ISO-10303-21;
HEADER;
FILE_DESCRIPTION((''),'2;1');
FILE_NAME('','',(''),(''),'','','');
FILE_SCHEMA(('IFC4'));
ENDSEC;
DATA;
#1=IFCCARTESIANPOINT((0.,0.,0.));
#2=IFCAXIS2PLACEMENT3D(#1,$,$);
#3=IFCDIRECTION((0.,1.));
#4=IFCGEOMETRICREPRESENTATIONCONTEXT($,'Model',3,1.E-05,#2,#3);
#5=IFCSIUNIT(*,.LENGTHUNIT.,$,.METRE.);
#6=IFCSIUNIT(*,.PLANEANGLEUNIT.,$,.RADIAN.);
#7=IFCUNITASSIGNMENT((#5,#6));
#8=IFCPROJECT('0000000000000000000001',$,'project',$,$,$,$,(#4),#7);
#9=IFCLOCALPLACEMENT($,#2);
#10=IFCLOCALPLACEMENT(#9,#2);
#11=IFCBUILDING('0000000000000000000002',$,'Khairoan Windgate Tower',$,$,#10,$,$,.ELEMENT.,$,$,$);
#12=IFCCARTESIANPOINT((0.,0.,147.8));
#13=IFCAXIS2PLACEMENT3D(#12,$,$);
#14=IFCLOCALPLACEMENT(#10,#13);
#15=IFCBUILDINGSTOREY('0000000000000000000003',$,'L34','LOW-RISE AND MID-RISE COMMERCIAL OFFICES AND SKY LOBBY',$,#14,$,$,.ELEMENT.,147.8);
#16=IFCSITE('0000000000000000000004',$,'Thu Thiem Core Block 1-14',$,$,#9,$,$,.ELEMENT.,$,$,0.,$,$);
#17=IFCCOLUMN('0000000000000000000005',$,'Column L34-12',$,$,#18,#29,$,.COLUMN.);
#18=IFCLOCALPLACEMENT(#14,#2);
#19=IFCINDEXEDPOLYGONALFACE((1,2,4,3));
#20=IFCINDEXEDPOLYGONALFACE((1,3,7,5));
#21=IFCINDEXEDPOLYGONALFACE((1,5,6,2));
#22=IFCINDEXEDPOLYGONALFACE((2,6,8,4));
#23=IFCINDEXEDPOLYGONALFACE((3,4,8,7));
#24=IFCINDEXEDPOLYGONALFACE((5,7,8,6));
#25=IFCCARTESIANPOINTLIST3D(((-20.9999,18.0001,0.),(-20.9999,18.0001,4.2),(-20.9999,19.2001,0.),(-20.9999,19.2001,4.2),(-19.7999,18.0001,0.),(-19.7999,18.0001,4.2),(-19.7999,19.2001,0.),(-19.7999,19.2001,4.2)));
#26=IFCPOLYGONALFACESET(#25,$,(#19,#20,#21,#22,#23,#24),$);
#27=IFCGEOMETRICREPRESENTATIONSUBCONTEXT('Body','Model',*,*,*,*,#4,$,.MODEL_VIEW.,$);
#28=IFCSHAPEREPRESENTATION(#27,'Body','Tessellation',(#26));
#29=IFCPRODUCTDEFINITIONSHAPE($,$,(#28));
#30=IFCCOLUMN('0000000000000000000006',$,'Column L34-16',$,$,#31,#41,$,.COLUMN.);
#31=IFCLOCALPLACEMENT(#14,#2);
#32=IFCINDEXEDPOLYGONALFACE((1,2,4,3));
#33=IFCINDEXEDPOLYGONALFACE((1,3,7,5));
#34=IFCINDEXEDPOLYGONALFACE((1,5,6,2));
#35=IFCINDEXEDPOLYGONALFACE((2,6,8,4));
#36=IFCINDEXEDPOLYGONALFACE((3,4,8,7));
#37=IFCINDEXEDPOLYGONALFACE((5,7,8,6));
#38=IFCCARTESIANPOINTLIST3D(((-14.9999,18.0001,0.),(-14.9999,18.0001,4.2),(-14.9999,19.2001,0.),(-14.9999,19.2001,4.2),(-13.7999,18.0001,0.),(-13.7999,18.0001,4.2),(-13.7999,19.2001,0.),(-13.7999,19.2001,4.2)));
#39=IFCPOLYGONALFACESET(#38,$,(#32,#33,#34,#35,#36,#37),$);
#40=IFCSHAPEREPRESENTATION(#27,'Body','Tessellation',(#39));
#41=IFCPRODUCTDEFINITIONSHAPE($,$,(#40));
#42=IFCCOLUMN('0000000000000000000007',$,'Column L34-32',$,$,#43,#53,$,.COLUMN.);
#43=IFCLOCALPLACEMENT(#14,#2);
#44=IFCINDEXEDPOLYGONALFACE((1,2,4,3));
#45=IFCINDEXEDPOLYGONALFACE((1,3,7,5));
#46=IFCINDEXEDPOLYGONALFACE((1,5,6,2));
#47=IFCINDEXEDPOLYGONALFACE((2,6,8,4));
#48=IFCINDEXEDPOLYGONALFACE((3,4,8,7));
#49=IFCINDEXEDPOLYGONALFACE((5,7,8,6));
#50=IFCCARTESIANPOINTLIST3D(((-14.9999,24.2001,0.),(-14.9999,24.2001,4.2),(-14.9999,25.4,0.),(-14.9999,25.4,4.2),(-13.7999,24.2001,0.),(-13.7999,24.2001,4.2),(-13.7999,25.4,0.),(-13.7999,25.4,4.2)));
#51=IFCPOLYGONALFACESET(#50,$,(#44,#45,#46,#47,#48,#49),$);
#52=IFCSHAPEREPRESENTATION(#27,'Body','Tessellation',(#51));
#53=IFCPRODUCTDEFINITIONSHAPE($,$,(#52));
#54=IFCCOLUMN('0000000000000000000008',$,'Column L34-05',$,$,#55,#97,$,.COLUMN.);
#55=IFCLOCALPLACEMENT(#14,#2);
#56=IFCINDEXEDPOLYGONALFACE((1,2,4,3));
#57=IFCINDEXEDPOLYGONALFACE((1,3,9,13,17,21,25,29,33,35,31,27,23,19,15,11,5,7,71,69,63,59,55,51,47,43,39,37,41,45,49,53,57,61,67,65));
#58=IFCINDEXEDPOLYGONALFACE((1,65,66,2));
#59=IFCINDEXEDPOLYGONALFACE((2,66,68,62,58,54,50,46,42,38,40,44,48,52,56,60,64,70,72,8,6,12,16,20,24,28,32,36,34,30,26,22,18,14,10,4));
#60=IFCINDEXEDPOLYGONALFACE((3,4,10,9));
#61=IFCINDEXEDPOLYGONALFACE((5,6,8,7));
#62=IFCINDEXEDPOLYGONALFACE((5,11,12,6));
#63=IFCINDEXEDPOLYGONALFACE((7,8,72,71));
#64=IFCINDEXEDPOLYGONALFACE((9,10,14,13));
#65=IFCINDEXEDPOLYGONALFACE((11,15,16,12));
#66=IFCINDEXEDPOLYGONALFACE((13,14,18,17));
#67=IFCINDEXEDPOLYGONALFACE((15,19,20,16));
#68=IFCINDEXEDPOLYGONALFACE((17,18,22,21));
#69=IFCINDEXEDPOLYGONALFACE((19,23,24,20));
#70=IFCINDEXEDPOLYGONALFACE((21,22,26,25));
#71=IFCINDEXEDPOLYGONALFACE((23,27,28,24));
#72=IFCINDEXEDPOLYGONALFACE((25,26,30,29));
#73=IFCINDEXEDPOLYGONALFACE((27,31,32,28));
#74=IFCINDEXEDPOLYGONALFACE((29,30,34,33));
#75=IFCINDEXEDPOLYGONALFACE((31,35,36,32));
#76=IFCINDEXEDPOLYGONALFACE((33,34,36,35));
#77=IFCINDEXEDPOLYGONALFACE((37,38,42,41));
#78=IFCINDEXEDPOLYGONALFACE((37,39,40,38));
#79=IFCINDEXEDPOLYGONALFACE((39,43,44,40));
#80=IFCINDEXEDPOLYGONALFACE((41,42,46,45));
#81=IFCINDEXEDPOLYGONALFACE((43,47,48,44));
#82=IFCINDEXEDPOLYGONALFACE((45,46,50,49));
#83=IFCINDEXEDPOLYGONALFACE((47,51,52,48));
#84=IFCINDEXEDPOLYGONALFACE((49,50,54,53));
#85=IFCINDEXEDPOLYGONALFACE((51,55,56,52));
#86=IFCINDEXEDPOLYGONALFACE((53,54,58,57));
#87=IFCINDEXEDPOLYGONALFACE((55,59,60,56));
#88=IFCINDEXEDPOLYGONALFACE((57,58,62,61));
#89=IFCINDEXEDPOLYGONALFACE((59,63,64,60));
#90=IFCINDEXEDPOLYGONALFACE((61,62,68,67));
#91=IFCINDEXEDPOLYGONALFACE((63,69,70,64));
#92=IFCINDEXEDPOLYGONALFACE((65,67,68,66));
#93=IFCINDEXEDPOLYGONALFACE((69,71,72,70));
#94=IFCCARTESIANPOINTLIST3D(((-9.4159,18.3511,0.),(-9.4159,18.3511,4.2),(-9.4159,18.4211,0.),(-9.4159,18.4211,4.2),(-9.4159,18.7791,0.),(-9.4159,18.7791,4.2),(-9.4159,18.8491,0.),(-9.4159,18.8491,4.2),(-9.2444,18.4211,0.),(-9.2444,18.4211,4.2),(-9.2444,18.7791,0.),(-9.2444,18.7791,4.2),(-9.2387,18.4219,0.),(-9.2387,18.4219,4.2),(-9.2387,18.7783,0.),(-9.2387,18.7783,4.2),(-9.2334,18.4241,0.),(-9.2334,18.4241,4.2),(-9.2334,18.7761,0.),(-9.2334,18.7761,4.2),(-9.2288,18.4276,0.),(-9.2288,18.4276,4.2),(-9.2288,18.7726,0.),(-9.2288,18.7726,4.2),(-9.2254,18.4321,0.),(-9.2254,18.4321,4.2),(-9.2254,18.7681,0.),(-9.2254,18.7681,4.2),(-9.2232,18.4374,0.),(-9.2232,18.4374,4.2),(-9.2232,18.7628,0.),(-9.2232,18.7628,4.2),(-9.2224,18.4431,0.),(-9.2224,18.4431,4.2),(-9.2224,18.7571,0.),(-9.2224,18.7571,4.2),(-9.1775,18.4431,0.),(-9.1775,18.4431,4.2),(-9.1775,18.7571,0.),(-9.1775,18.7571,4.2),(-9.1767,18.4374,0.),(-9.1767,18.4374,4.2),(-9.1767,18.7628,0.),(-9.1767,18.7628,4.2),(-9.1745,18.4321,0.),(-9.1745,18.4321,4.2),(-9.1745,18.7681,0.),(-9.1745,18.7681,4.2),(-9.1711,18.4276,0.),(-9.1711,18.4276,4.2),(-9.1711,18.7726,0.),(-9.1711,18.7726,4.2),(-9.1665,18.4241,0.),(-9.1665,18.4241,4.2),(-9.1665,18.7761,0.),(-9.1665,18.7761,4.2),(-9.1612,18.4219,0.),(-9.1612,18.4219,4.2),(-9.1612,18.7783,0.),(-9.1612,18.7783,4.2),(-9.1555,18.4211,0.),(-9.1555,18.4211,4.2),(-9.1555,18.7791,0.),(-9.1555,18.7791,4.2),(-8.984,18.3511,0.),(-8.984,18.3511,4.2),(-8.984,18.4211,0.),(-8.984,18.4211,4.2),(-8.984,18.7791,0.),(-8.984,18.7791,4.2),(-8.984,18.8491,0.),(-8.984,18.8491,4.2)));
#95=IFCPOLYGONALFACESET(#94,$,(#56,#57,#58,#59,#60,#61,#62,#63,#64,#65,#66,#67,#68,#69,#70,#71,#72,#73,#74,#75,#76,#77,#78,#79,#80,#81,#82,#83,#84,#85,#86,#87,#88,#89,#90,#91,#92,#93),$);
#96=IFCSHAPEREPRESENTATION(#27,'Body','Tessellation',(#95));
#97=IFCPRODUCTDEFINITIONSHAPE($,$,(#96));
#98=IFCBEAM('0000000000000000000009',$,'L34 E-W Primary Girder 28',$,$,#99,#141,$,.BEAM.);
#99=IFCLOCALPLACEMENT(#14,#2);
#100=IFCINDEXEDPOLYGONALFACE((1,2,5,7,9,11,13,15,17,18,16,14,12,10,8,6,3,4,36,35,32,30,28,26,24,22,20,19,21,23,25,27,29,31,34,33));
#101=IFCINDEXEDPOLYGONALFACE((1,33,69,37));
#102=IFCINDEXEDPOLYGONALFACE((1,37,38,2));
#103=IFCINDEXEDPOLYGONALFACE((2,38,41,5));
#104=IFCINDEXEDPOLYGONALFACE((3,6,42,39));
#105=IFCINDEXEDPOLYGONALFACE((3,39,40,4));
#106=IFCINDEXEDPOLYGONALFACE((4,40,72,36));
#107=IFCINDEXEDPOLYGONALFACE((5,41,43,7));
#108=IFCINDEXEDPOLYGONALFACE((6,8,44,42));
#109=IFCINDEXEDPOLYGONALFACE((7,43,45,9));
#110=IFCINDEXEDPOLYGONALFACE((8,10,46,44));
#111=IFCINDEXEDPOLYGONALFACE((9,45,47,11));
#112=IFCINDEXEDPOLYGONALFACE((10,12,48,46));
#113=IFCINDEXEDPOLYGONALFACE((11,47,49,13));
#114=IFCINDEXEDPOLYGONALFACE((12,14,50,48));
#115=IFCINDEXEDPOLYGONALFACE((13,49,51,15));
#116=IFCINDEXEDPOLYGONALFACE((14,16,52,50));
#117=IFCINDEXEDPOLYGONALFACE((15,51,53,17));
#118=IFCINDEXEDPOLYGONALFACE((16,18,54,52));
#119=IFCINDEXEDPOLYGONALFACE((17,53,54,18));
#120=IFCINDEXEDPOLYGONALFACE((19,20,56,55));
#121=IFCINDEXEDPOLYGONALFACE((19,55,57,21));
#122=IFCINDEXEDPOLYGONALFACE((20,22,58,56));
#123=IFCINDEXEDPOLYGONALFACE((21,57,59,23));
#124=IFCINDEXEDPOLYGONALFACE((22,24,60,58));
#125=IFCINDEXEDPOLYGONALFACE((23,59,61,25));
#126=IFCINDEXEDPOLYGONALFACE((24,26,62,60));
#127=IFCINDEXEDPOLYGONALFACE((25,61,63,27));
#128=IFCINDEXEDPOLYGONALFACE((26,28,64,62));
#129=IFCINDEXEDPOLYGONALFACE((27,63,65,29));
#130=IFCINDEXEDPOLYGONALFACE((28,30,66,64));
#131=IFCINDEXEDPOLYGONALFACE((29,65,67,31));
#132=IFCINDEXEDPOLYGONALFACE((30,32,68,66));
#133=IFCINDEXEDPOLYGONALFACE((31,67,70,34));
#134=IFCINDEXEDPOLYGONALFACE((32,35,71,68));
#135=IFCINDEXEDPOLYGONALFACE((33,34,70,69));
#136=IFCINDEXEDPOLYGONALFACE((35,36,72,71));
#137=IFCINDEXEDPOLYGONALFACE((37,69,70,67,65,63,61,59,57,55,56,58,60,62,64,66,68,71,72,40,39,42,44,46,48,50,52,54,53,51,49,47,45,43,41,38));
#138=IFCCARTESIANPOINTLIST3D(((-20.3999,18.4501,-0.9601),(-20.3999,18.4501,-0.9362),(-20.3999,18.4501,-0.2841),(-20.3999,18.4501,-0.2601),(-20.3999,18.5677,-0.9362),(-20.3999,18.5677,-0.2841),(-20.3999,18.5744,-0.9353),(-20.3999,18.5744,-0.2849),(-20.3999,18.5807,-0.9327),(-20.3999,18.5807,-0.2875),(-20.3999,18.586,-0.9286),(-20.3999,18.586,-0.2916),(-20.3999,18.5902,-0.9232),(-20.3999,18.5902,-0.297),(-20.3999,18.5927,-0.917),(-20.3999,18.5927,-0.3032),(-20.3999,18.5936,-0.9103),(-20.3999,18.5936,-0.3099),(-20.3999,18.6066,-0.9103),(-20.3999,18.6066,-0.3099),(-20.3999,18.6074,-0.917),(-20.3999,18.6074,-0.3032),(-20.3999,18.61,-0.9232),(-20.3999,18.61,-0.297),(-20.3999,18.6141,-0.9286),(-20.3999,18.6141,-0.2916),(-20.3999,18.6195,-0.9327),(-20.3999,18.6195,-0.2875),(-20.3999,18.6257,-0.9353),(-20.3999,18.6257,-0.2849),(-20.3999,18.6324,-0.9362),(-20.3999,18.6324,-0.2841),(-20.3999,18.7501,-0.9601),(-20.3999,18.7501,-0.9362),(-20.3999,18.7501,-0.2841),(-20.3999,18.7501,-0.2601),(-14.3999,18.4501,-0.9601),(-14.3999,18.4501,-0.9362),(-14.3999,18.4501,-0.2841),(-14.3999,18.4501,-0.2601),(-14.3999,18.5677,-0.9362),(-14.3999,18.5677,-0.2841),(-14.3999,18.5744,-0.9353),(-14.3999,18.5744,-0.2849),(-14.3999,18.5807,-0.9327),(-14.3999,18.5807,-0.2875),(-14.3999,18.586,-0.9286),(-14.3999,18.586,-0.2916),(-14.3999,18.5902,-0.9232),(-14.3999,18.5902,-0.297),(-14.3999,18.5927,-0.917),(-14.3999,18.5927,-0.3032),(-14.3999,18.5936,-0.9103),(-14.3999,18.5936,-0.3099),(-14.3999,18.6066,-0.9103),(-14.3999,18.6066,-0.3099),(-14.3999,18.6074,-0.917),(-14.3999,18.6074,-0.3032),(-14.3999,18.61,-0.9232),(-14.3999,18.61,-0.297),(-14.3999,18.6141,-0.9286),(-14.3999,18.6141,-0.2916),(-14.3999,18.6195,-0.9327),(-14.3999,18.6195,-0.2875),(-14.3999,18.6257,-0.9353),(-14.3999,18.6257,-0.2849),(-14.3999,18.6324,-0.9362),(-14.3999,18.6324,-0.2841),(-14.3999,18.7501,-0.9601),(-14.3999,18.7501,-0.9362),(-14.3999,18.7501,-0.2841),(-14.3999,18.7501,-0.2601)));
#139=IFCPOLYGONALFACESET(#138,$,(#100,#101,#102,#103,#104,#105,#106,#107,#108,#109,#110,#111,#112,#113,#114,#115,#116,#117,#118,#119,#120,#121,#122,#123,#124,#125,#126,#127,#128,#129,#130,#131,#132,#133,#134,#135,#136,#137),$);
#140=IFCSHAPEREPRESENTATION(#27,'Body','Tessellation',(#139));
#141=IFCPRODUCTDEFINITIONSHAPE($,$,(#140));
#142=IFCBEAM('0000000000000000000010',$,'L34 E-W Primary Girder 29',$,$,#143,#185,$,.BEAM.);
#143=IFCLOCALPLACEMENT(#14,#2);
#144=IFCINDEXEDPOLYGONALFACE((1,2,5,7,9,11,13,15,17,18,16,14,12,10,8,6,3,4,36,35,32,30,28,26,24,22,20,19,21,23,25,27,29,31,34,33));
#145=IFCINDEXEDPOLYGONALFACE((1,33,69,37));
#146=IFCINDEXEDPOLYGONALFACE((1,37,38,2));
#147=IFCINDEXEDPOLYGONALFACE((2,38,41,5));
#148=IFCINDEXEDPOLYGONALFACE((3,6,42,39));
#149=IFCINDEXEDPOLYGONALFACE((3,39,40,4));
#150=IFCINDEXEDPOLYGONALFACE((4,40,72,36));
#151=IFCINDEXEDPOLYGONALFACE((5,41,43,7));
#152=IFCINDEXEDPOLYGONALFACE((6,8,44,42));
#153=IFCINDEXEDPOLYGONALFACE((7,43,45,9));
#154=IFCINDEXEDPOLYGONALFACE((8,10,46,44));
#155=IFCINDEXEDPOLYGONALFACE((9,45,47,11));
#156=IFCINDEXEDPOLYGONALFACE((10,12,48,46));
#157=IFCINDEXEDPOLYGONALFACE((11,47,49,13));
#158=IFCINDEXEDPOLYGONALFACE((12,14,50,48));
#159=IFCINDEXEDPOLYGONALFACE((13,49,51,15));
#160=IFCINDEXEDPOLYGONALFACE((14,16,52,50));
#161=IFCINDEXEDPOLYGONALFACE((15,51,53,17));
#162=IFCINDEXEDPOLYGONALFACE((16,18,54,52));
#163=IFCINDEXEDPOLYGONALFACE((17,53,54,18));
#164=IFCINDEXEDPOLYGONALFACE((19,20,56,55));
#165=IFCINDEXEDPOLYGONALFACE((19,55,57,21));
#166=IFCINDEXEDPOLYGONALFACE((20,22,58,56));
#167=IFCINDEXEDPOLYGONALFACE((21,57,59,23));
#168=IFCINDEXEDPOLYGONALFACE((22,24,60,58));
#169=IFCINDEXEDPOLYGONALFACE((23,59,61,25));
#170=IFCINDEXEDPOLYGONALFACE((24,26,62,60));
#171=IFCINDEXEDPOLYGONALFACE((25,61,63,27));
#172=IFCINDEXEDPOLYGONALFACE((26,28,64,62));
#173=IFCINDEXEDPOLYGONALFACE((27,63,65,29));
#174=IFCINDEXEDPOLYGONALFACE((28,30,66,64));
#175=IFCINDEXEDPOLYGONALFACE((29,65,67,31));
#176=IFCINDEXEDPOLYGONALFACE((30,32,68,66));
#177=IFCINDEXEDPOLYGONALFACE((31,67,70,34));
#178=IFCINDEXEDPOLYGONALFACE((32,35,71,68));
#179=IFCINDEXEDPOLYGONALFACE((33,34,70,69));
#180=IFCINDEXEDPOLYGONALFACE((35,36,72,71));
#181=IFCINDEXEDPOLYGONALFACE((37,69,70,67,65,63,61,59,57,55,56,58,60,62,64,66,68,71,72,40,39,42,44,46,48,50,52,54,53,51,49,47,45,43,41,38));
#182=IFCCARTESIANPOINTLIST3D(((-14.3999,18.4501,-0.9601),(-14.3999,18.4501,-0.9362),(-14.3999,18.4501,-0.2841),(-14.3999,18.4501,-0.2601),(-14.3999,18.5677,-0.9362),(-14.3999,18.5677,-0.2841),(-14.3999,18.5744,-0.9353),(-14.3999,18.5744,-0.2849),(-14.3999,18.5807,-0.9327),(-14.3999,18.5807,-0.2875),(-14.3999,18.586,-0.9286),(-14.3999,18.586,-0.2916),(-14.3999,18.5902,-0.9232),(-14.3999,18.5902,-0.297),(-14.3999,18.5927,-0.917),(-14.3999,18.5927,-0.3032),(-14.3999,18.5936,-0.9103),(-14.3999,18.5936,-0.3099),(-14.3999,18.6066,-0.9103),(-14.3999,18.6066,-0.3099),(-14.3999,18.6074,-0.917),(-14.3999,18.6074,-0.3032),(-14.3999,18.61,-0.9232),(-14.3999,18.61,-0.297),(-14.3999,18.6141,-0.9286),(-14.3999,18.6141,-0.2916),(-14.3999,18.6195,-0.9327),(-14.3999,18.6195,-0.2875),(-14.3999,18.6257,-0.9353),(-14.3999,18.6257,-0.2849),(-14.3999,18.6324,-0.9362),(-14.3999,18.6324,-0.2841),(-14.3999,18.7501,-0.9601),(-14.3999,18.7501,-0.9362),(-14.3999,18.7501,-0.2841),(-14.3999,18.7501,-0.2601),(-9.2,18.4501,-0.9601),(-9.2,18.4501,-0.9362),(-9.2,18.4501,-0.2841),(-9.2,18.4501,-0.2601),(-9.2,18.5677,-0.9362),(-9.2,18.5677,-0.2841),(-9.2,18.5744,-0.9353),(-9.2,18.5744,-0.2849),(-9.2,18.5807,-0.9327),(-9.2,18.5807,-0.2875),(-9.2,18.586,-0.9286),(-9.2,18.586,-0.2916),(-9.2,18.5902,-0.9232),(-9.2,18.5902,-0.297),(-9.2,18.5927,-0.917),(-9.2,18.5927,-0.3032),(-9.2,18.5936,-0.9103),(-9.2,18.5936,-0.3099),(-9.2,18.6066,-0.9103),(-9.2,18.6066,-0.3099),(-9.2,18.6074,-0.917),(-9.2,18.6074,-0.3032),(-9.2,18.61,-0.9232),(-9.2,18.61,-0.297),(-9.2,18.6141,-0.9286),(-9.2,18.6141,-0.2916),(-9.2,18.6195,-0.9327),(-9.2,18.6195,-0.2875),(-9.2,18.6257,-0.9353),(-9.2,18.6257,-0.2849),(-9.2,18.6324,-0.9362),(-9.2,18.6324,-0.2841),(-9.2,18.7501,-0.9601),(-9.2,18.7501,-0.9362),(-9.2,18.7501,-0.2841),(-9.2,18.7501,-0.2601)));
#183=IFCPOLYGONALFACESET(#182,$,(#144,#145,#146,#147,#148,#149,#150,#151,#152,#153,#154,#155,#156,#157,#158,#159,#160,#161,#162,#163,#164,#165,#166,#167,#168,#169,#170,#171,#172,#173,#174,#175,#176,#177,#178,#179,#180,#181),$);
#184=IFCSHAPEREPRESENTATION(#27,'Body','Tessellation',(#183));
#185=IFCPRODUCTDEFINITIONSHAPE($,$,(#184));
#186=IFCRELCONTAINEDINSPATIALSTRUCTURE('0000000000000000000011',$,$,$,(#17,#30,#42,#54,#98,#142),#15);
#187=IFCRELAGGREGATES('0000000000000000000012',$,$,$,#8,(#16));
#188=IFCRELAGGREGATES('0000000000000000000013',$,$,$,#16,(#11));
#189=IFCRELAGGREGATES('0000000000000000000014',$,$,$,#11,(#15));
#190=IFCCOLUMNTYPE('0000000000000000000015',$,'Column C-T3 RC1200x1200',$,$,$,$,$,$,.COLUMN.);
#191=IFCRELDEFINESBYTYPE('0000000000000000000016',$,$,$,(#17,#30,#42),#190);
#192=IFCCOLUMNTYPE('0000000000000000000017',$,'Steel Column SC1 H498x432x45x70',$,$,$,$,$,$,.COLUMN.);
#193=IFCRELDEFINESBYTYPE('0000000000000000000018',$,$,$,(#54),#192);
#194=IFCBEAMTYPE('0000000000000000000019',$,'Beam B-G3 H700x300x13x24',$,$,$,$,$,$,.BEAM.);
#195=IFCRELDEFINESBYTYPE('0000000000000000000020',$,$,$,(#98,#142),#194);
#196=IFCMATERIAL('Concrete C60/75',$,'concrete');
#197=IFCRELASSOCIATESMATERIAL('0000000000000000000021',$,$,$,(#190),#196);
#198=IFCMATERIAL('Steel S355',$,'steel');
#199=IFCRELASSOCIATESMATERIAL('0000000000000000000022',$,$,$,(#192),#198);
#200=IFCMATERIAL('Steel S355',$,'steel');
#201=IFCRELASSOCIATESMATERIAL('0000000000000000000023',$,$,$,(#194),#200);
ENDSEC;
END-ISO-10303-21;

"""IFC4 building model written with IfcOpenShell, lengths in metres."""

from ifc_helpers import new_model, si_unit, direction, frame, origin, origin_2d, place, context, subcontext, project, spatial, rectangle, i_section, extrude, material, material_profile, profile_set, type_object, element, save


model = new_model("IFC4")

# Units and contexts
model_context = context("Model", 3, precision=1e-05, world=origin(), true_north=direction((0.0, 1.0)))
body_context = subcontext(model_context, "Body", "Model", "MODEL_VIEW")
ifc_project = project(units=[si_unit("LENGTHUNIT", "METRE"), si_unit("PLANEANGLEUNIT", "RADIAN")], contexts=[model_context])

# Site, building, storey
site_placement = place(None, origin())
site = spatial("IfcSite", under=ifc_project, at=site_placement, Name="Thu Thiem Core Block 1-14", CompositionType="ELEMENT", RefElevation=0.0)
building_placement = place(site_placement, origin())
building = spatial("IfcBuilding", under=site, at=building_placement, Name="Khairoan Windgate Tower", CompositionType="ELEMENT")
storey_placement = place(building_placement, frame((0.0, 0.0, 147.8)))
storey = spatial("IfcBuildingStorey", under=building, at=storey_placement, Name="L34", Description="LOW-RISE AND MID-RISE COMMERCIAL OFFICES AND SKY LOBBY", CompositionType="ELEMENT", Elevation=147.8)

# Columns
ifc_material_1 = material(Name="Concrete C60/75", Category="concrete")
ifc_material_profile_1 = material_profile(ifc_material_1, rectangle(XDim=1.2, YDim=1.2, at=origin_2d()))
ifc_profile_set_1 = profile_set([ifc_material_profile_1], Name="Concrete C60/75")
column_type_1 = type_object("IfcColumnType", Name="Column C-T3 RC1200x1200", PredefinedType="COLUMN", material=ifc_profile_set_1)
for number, where, z_axis, x_axis, name in (
    (1, (-20.3999, 18.6001, 0.0), (0.0, 0.0, 1.0), (1.0, 0.0, 0.0), "Column L34-12"),
    (2, (-14.3999, 18.6001, 0.0), (0.0, 0.0, 1.0), (1.0, 0.0, 0.0), "Column L34-16"),
    (3, (-14.3999, 24.8, 0.0), (0.0, 0.0, 1.0), (1.0, 0.0, 0.0), "Column L34-32"),
):
    element("IfcColumn", number, at=place(storey_placement, frame(where, z_axis=z_axis, x_axis=x_axis)), inside=storey, type_object=column_type_1, Name=name, PredefinedType="COLUMN", context=body_context, shape_type="SweptSolid", body=[
        extrude(rectangle(XDim=1.2, YDim=1.2, at=origin_2d()), origin(), (0.0, 0.0, 1.0), 4.2),
    ])
ifc_material_2 = material(Name="Steel S355", Category="steel")
ifc_material_profile_2 = material_profile(ifc_material_2, i_section(OverallWidth=0.4319, OverallDepth=0.498, WebThickness=0.0449, FlangeThickness=0.0701, FilletRadius=0.022, at=origin_2d()))
ifc_profile_set_2 = profile_set([ifc_material_profile_2], Name="Steel S355")
column_type_2 = type_object("IfcColumnType", Name="Steel Column SC1 H498x432x45x70", PredefinedType="COLUMN", material=ifc_profile_set_2)
column_placement = place(storey_placement, frame((-9.2, 18.6001, 0.0), z_axis=(0.0, 0.0, 1.0), x_axis=(1.0, 0.0, 0.0)))
element("IfcColumn", 4, at=column_placement, inside=storey, type_object=column_type_2, Name="Column L34-05", PredefinedType="COLUMN", context=body_context, shape_type="SweptSolid", body=[
    extrude(i_section(OverallWidth=0.4319, OverallDepth=0.498, WebThickness=0.0449, FlangeThickness=0.0701, FilletRadius=0.022, at=origin_2d()), origin(), (0.0, 0.0, 1.0), 4.2),
])

# Beams
ifc_material_3 = material(Name="Steel S355", Category="steel")
ifc_material_profile_3 = material_profile(ifc_material_3, i_section(OverallWidth=0.3, OverallDepth=0.7, WebThickness=0.0129, FlangeThickness=0.0239, FilletRadius=0.0259, at=origin_2d()))
ifc_profile_set_3 = profile_set([ifc_material_profile_3], Name="Steel S355")
beam_type = type_object("IfcBeamType", Name="Beam B-G3 H700x300x13x24", PredefinedType="BEAM", material=ifc_profile_set_3)
beam_1_placement = place(storey_placement, frame((-20.3999, 18.6001, -0.6101), z_axis=(1.0, 0.0, 0.0), x_axis=(0.0, 1.0, 0.0)))
element("IfcBeam", 5, at=beam_1_placement, inside=storey, type_object=beam_type, Name="L34 E-W Primary Girder 28", PredefinedType="BEAM", context=body_context, shape_type="SweptSolid", body=[
    extrude(i_section(OverallWidth=0.3, OverallDepth=0.7, WebThickness=0.0129, FlangeThickness=0.0239, FilletRadius=0.0259, at=origin_2d()), origin(), (0.0, 0.0, 1.0), 6.0),
])
beam_2_placement = place(storey_placement, frame((-14.3999, 18.6001, -0.6101), z_axis=(1.0, 0.0, 0.0), x_axis=(0.0, 1.0, 0.0)))
element("IfcBeam", 6, at=beam_2_placement, inside=storey, type_object=beam_type, Name="L34 E-W Primary Girder 29", PredefinedType="BEAM", context=body_context, shape_type="SweptSolid", body=[
    extrude(i_section(OverallWidth=0.3, OverallDepth=0.7, WebThickness=0.0129, FlangeThickness=0.0239, FilletRadius=0.0259, at=origin_2d()), origin(), (0.0, 0.0, 1.0), 5.2),
])

save(model, "model.ifc")
